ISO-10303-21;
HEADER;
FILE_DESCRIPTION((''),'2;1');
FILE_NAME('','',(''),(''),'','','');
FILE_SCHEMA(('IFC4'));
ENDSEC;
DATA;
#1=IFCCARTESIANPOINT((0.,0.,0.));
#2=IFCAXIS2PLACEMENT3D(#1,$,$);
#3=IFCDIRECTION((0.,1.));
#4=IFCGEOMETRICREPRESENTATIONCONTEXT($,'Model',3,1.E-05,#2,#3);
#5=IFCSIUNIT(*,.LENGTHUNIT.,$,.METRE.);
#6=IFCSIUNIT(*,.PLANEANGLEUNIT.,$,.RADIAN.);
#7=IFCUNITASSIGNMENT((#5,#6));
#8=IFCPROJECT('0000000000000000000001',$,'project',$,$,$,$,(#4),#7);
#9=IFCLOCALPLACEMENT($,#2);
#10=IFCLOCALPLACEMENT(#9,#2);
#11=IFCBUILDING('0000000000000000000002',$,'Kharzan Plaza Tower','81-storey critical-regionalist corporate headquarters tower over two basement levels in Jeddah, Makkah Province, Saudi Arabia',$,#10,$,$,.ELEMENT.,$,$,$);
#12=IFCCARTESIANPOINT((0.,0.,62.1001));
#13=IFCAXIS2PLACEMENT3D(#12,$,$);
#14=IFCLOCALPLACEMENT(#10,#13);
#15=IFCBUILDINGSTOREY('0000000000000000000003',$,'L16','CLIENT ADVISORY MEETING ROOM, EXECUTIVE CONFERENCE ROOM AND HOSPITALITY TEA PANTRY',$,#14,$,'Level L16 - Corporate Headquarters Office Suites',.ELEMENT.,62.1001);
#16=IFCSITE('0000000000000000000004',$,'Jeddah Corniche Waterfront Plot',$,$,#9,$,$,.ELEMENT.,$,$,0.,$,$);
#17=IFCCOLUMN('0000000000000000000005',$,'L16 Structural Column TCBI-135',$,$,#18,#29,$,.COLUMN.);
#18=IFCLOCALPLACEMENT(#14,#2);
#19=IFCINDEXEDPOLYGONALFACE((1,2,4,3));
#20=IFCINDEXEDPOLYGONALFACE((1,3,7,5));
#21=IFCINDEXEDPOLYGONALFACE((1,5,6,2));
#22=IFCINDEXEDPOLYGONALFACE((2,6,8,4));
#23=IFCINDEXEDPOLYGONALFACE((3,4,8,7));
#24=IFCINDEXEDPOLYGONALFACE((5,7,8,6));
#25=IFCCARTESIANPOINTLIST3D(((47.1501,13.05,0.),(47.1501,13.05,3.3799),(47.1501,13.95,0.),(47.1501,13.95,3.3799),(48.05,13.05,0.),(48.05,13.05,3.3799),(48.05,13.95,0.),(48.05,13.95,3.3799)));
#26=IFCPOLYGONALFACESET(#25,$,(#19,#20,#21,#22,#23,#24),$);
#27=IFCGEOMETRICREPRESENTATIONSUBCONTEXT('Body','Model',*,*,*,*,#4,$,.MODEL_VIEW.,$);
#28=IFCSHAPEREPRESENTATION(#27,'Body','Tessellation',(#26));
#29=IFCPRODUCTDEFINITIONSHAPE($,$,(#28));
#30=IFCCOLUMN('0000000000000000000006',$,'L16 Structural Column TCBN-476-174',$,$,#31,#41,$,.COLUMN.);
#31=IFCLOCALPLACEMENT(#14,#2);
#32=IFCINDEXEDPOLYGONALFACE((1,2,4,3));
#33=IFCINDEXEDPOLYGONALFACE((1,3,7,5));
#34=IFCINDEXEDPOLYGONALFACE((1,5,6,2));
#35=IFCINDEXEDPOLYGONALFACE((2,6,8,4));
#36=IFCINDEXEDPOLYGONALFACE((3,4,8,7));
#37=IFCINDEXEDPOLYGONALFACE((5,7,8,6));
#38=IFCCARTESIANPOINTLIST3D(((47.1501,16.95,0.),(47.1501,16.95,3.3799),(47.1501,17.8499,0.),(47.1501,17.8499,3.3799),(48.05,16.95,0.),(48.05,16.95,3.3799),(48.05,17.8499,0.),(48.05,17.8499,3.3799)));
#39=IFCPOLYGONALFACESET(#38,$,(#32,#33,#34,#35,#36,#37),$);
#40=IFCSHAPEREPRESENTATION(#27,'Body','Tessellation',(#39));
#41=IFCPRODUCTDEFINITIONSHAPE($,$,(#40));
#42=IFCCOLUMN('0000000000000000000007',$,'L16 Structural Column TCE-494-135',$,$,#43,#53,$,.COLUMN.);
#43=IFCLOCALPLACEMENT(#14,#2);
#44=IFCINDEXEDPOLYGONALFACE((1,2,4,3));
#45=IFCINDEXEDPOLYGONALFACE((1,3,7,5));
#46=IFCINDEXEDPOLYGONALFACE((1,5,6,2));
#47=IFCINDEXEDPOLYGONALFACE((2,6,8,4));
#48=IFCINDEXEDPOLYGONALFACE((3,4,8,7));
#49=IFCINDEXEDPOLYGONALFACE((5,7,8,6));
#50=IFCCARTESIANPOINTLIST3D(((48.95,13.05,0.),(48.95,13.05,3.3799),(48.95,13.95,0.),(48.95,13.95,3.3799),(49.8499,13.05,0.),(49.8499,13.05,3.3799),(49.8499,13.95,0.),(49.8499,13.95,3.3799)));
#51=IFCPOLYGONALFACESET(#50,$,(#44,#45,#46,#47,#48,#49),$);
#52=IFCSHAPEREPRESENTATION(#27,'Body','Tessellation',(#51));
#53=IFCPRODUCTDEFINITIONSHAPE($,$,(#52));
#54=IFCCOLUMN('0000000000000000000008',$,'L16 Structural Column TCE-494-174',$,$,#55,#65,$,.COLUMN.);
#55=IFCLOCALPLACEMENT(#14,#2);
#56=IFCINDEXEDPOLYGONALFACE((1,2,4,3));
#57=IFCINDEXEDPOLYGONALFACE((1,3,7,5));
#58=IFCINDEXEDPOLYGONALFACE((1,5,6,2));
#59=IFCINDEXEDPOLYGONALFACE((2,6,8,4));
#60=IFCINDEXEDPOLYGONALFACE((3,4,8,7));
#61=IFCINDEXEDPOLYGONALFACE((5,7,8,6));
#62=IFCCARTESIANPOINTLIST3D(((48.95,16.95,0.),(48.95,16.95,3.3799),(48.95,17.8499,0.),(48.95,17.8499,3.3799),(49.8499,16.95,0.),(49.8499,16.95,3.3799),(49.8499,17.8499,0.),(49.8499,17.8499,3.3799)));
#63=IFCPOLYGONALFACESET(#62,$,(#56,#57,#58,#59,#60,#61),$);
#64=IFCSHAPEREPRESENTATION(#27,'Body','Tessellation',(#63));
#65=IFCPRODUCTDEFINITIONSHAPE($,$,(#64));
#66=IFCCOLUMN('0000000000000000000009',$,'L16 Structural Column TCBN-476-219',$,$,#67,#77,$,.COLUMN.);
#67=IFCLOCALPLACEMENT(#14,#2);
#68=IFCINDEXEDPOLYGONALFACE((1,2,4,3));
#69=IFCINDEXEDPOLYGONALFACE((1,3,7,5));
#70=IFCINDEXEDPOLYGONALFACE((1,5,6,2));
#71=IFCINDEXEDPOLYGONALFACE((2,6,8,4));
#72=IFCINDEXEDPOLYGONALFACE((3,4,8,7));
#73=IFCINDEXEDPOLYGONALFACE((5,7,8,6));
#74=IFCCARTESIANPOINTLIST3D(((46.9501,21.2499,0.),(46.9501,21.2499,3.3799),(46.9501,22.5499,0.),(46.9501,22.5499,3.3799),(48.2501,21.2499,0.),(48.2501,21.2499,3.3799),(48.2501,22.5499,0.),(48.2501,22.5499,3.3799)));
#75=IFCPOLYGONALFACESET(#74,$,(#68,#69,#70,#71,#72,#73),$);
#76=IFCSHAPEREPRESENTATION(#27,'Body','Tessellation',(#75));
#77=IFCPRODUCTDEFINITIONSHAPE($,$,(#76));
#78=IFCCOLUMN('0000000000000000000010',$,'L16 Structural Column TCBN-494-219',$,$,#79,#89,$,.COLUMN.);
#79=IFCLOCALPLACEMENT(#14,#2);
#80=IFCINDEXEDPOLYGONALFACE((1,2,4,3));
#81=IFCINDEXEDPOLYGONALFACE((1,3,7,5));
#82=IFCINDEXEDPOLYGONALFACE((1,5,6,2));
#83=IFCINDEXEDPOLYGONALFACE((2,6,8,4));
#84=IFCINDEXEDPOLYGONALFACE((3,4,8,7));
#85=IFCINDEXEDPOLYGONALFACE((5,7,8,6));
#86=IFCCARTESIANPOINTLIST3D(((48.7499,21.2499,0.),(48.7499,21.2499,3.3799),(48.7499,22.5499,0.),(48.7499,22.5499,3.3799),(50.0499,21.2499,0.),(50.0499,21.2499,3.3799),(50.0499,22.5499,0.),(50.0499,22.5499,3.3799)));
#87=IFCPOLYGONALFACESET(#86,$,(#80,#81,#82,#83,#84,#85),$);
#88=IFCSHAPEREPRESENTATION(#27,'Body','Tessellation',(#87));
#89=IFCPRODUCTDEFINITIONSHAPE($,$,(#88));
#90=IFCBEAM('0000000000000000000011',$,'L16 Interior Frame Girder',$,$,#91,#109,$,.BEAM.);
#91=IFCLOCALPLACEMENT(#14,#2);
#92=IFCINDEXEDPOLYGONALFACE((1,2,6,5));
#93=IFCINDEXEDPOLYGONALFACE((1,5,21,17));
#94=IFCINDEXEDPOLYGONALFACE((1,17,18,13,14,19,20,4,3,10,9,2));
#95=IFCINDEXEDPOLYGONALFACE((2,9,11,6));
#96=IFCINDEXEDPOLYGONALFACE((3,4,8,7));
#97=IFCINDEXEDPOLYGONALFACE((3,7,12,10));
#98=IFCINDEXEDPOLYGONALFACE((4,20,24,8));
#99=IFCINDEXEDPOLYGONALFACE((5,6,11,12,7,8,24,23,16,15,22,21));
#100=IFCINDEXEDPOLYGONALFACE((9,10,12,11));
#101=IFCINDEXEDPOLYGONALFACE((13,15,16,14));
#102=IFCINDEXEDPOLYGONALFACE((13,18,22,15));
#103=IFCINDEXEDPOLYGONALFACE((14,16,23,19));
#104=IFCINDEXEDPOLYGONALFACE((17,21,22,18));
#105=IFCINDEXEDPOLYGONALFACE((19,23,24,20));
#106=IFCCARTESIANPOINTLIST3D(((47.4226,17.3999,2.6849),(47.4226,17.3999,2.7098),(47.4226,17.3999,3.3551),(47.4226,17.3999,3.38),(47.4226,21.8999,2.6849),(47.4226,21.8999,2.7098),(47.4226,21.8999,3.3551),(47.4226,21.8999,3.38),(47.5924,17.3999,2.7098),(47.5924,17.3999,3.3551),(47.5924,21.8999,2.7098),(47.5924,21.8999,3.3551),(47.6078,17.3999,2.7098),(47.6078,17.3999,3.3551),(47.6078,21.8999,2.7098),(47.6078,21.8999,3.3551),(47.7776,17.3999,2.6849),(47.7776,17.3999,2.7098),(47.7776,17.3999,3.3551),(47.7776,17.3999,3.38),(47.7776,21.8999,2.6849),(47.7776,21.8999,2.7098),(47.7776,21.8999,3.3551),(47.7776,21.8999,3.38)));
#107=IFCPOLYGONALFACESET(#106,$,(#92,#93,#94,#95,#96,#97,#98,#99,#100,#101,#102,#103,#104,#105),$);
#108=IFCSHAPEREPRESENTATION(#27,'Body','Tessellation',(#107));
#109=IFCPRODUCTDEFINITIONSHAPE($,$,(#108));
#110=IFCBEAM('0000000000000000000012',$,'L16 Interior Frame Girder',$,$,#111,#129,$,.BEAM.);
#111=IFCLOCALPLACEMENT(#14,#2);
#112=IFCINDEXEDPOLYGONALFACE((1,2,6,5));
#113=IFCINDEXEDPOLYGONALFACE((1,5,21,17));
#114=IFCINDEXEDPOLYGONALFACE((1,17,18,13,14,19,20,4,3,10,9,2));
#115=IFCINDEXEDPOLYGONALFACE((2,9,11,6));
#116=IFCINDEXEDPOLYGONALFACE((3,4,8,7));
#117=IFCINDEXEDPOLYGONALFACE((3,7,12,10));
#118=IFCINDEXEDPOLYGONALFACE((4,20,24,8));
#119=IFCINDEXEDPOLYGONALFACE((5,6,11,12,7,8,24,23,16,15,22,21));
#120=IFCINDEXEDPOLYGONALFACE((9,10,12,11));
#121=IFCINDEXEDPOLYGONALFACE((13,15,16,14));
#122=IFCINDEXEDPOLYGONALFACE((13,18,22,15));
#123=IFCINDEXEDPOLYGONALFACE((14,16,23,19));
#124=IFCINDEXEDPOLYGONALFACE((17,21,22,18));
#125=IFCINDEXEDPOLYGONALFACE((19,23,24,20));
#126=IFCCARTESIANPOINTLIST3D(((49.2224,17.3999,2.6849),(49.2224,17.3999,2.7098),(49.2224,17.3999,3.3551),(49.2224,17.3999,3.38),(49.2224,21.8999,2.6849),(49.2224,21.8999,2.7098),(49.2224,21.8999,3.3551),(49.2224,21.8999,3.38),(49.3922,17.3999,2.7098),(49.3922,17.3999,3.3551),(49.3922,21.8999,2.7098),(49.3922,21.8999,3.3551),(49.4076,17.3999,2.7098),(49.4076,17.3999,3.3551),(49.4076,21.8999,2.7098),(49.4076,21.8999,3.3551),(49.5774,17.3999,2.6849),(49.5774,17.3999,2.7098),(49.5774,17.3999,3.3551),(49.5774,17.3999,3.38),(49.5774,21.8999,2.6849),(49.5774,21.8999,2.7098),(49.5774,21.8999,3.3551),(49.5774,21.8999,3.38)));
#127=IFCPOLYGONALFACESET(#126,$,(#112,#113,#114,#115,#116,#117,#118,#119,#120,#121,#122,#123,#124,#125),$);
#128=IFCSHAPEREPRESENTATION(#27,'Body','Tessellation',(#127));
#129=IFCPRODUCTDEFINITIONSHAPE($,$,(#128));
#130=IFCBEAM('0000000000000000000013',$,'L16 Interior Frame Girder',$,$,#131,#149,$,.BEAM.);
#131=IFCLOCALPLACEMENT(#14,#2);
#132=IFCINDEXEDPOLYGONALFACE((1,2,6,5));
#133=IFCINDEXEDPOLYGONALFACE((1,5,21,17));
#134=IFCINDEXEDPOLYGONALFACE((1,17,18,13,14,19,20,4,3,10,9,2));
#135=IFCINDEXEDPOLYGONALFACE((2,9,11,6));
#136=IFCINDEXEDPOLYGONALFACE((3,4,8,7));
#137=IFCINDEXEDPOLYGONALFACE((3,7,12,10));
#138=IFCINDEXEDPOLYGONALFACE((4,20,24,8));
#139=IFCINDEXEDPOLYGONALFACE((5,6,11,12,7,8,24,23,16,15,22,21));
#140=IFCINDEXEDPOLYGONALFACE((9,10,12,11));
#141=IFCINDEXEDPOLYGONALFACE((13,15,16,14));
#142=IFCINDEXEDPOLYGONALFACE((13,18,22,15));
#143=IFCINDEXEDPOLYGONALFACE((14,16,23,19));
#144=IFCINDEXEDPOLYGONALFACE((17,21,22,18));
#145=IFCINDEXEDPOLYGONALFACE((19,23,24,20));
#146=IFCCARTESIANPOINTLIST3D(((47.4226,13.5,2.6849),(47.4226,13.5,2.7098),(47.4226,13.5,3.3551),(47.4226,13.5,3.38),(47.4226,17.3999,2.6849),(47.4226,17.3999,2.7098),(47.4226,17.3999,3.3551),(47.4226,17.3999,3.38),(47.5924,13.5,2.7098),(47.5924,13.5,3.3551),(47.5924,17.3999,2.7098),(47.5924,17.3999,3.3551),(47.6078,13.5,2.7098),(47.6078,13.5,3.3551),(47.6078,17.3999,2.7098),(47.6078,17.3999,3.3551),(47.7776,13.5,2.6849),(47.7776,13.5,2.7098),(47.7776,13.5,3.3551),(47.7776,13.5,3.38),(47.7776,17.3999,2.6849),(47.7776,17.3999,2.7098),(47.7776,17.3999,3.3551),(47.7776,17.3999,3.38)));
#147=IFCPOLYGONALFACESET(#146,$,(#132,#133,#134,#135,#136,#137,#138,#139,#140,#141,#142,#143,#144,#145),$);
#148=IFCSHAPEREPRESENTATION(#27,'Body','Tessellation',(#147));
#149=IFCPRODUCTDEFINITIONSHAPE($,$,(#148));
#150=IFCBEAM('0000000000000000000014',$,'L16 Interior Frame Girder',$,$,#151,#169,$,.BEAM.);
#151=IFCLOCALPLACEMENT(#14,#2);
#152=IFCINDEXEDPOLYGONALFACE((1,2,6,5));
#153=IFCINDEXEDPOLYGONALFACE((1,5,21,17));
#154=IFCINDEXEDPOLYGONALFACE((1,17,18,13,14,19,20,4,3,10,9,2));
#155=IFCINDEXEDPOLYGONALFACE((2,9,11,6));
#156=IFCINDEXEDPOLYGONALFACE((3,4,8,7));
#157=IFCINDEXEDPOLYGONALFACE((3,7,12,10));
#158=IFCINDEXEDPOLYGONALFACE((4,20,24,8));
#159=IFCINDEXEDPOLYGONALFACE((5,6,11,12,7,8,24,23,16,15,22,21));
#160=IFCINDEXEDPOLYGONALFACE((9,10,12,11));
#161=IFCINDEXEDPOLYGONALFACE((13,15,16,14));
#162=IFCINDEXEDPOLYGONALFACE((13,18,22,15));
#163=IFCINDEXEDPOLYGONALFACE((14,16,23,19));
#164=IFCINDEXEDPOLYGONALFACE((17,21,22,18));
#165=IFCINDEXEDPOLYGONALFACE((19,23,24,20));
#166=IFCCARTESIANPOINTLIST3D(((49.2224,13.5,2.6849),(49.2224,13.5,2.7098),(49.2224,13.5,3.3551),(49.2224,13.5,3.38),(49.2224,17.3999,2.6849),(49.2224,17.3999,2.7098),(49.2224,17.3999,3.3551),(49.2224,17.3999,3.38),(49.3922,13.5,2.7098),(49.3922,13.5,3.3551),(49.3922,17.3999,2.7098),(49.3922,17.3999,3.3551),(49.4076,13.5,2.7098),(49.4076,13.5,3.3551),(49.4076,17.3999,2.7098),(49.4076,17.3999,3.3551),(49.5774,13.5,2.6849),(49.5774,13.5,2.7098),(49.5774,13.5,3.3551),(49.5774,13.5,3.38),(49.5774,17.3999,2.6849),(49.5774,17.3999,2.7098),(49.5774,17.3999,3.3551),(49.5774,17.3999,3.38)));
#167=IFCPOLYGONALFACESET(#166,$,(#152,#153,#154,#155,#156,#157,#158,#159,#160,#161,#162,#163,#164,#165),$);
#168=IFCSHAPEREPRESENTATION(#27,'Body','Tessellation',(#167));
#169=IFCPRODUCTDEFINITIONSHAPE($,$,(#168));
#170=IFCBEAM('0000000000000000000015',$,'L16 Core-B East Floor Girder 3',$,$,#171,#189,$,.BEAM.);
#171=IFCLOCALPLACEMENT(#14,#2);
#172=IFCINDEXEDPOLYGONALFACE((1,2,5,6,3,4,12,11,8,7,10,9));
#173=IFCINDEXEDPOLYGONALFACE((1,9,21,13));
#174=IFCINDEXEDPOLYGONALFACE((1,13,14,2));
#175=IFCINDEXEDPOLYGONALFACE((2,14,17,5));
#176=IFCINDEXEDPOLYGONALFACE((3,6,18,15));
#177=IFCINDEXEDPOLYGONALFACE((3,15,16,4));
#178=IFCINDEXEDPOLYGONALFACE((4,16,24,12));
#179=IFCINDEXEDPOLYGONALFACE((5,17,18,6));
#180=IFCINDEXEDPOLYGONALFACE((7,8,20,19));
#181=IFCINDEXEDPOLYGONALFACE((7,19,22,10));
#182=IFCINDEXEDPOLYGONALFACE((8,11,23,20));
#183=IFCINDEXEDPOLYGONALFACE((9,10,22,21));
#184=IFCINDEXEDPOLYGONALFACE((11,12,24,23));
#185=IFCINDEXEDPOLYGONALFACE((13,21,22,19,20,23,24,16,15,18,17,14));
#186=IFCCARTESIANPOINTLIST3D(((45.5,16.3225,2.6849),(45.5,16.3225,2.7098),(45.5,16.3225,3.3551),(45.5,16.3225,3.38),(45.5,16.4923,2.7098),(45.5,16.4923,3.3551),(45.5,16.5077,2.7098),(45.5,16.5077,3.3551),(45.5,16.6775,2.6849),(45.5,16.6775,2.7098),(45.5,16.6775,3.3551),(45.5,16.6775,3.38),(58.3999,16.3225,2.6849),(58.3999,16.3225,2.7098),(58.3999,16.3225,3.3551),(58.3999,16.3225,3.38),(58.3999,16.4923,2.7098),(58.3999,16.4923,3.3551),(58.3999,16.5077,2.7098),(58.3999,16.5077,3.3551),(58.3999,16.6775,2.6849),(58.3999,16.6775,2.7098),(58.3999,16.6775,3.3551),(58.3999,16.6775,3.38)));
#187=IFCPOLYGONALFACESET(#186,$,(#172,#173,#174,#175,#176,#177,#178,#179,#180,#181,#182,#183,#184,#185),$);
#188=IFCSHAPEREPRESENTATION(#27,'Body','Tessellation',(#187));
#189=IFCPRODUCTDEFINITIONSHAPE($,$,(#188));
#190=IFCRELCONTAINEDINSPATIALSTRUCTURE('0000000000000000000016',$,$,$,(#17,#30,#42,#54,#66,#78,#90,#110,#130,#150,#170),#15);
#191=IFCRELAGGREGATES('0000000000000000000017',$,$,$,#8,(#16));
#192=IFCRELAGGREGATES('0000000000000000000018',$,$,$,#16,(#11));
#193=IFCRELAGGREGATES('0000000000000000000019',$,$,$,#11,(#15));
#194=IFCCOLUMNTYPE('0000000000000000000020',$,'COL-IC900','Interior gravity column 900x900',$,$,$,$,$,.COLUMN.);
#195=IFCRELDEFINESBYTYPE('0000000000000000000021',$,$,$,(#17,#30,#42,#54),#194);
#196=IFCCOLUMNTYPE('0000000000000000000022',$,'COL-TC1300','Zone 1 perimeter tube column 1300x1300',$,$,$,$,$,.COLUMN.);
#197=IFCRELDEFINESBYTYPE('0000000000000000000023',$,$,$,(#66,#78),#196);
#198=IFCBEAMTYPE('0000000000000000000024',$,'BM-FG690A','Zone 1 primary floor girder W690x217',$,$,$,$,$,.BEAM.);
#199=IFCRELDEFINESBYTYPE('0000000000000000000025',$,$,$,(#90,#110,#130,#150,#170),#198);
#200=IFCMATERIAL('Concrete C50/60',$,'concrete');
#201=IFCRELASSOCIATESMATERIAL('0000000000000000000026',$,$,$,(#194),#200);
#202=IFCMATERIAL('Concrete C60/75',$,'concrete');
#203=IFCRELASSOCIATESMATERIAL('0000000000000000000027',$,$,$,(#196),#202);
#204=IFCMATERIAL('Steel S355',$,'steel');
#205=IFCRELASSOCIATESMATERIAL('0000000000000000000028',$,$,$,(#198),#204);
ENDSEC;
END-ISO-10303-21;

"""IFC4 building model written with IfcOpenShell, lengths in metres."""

from ifc_helpers import new_model, si_unit, direction, frame, origin, origin_2d, place, context, subcontext, project, spatial, rectangle, i_section, extrude, source, transform, mapped, material, material_profile, profile_set, type_object, element, save


model = new_model("IFC4")

# Units and contexts
model_context = context("Model", 3, precision=1e-05, world=origin(), true_north=direction((0.0, 1.0)))
body_context = subcontext(model_context, "Body", "Model", "MODEL_VIEW")
ifc_project = project(units=[si_unit("LENGTHUNIT", "METRE"), si_unit("PLANEANGLEUNIT", "RADIAN")], contexts=[model_context])

# Site, building, storey
site_placement = place(None, origin())
site = spatial("IfcSite", under=ifc_project, at=site_placement, Name="Jeddah Corniche Waterfront Plot", CompositionType="ELEMENT", RefElevation=0.0)
building_placement = place(site_placement, origin())
building = spatial("IfcBuilding", under=site, at=building_placement, Name="Kharzan Plaza Tower", Description="81-storey critical-regionalist corporate headquarters tower over two basement levels in Jeddah, Makkah Province, Saudi Arabia", CompositionType="ELEMENT")
storey_placement = place(building_placement, frame((0.0, 0.0, 62.1001)))
storey = spatial("IfcBuildingStorey", under=building, at=storey_placement, Name="L16", Description="CLIENT ADVISORY MEETING ROOM, EXECUTIVE CONFERENCE ROOM AND HOSPITALITY TEA PANTRY", LongName="Level L16 - Corporate Headquarters Office Suites", CompositionType="ELEMENT", Elevation=62.1001)

# Columns
ifc_material_1 = material(Name="Concrete C50/60", Category="concrete")
ifc_material_profile_1 = material_profile(ifc_material_1, rectangle(XDim=0.8999, YDim=0.8999, at=origin_2d()), Name="RC-IC900x900")
ifc_profile_set_1 = profile_set([ifc_material_profile_1], Name="Concrete C50/60")
column_type_1 = type_object("IfcColumnType", Name="COL-IC900", Description="Interior gravity column 900x900", PredefinedType="COLUMN", material=ifc_profile_set_1)
shared_shape_1 = source(origin(), body_context, "Body", "SweptSolid", [
    extrude(rectangle(XDim=0.8999, YDim=0.8999, at=origin_2d()), origin(), (0.0, 0.0, 1.0), 3.3799),
])
for number, where, z_axis, x_axis, name in (
    (1, (47.6001, 13.5, 0.0), (0.0, 0.0, 1.0), (1.0, 0.0, 0.0), "L16 Structural Column TCBI-135"),
    (2, (47.6001, 17.3999, 0.0), (0.0, 0.0, 1.0), (1.0, 0.0, 0.0), "L16 Structural Column TCBN-476-174"),
    (3, (49.3999, 13.5, 0.0), (0.0, 0.0, 1.0), (1.0, 0.0, 0.0), "L16 Structural Column TCE-494-135"),
    (4, (49.3999, 17.3999, 0.0), (0.0, 0.0, 1.0), (1.0, 0.0, 0.0), "L16 Structural Column TCE-494-174"),
):
    element("IfcColumn", number, at=place(storey_placement, frame(where, z_axis=z_axis, x_axis=x_axis)), inside=storey, type_object=column_type_1, Name=name, PredefinedType="COLUMN", context=body_context, shape_type="MappedRepresentation", body=[
        mapped(shared_shape_1, transform((0.0, 0.0, 0.0), x_axis=(1.0, 0.0, 0.0), y_axis=(0.0, 1.0, 0.0), z_axis=(0.0, 0.0, 1.0))),
    ])
ifc_material_2 = material(Name="Concrete C60/75", Category="concrete")
ifc_material_profile_2 = material_profile(ifc_material_2, rectangle(XDim=1.3, YDim=1.3, at=origin_2d()), Name="RC-TC1300x1300")
ifc_profile_set_2 = profile_set([ifc_material_profile_2], Name="Concrete C60/75")
column_type_2 = type_object("IfcColumnType", Name="COL-TC1300", Description="Zone 1 perimeter tube column 1300x1300", PredefinedType="COLUMN", material=ifc_profile_set_2)
shared_shape_2 = source(origin(), body_context, "Body", "SweptSolid", [
    extrude(rectangle(XDim=1.3, YDim=1.3, at=origin_2d()), origin(), (0.0, 0.0, 1.0), 3.3799),
])
for number, where, z_axis, x_axis, name in (
    (5, (47.6001, 21.8999, 0.0), (0.0, 0.0, 1.0), (1.0, 0.0, 0.0), "L16 Structural Column TCBN-476-219"),
    (6, (49.3999, 21.8999, 0.0), (0.0, 0.0, 1.0), (1.0, 0.0, 0.0), "L16 Structural Column TCBN-494-219"),
):
    element("IfcColumn", number, at=place(storey_placement, frame(where, z_axis=z_axis, x_axis=x_axis)), inside=storey, type_object=column_type_2, Name=name, PredefinedType="COLUMN", context=body_context, shape_type="MappedRepresentation", body=[
        mapped(shared_shape_2, transform((0.0, 0.0, 0.0), x_axis=(1.0, 0.0, 0.0), y_axis=(0.0, 1.0, 0.0), z_axis=(0.0, 0.0, 1.0))),
    ])

# Beams
ifc_material_3 = material(Name="Steel S355", Category="steel")
ifc_material_profile_3 = material_profile(ifc_material_3, i_section(OverallWidth=0.355, OverallDepth=0.6951, WebThickness=0.0154, FlangeThickness=0.0249, at=origin_2d()), Name="W690x217")
ifc_profile_set_3 = profile_set([ifc_material_profile_3], Name="Steel S355")
beam_type_1 = type_object("IfcBeamType", Name="BM-FG690A", Description="Zone 1 primary floor girder W690x217", PredefinedType="BEAM", material=ifc_profile_set_3)
shared_shape_3 = source(origin(), body_context, "Body", "SweptSolid", [
    extrude(i_section(OverallWidth=0.355, OverallDepth=0.6951, WebThickness=0.0154, FlangeThickness=0.0249, at=origin_2d()), origin(), (0.0, 0.0, 1.0), 4.5),
])
for number, where, z_axis, x_axis, name in (
    (7, (47.6001, 17.3999, 3.0325), (0.0, 1.0, 0.0), (-1.0, 0.0, 0.0), "L16 Interior Frame Girder"),
    (8, (49.3999, 17.3999, 3.0325), (0.0, 1.0, 0.0), (-1.0, 0.0, 0.0), "L16 Interior Frame Girder"),
):
    element("IfcBeam", number, at=place(storey_placement, frame(where, z_axis=z_axis, x_axis=x_axis)), inside=storey, type_object=beam_type_1, Name=name, PredefinedType="BEAM", context=body_context, shape_type="MappedRepresentation", body=[
        mapped(shared_shape_3, transform((0.0, 0.0, 0.0), x_axis=(1.0, 0.0, 0.0), y_axis=(0.0, 1.0, 0.0), z_axis=(0.0, 0.0, 1.0))),
    ])
shared_shape_4 = source(origin(), body_context, "Body", "SweptSolid", [
    extrude(i_section(OverallWidth=0.355, OverallDepth=0.6951, WebThickness=0.0154, FlangeThickness=0.0249, at=origin_2d()), origin(), (0.0, 0.0, 1.0), 3.8999),
])
for number, where, z_axis, x_axis, name in (
    (9, (47.6001, 13.5, 3.0325), (0.0, 1.0, 0.0), (-1.0, 0.0, 0.0), "L16 Interior Frame Girder"),
    (10, (49.3999, 13.5, 3.0325), (0.0, 1.0, 0.0), (-1.0, 0.0, 0.0), "L16 Interior Frame Girder"),
):
    element("IfcBeam", number, at=place(storey_placement, frame(where, z_axis=z_axis, x_axis=x_axis)), inside=storey, type_object=beam_type_1, Name=name, PredefinedType="BEAM", context=body_context, shape_type="MappedRepresentation", body=[
        mapped(shared_shape_4, transform((0.0, 0.0, 0.0), x_axis=(1.0, 0.0, 0.0), y_axis=(0.0, 1.0, 0.0), z_axis=(0.0, 0.0, 1.0))),
    ])
shared_shape_5 = source(origin(), body_context, "Body", "SweptSolid", [
    extrude(i_section(OverallWidth=0.355, OverallDepth=0.6951, WebThickness=0.0154, FlangeThickness=0.0249, at=origin_2d()), origin(), (0.0, 0.0, 1.0), 12.8999),
])
beam_1_placement = place(storey_placement, frame((45.5, 16.5, 3.0325), z_axis=(1.0, 0.0, 0.0), x_axis=(0.0, 1.0, 0.0)))
element("IfcBeam", 11, at=beam_1_placement, inside=storey, type_object=beam_type_1, Name="L16 Core-B East Floor Girder 3", PredefinedType="BEAM", context=body_context, shape_type="MappedRepresentation", body=[
    mapped(shared_shape_5, transform((0.0, 0.0, 0.0), x_axis=(1.0, 0.0, 0.0), y_axis=(0.0, 1.0, 0.0), z_axis=(0.0, 0.0, 1.0))),
])

save(model, "model.ifc")
